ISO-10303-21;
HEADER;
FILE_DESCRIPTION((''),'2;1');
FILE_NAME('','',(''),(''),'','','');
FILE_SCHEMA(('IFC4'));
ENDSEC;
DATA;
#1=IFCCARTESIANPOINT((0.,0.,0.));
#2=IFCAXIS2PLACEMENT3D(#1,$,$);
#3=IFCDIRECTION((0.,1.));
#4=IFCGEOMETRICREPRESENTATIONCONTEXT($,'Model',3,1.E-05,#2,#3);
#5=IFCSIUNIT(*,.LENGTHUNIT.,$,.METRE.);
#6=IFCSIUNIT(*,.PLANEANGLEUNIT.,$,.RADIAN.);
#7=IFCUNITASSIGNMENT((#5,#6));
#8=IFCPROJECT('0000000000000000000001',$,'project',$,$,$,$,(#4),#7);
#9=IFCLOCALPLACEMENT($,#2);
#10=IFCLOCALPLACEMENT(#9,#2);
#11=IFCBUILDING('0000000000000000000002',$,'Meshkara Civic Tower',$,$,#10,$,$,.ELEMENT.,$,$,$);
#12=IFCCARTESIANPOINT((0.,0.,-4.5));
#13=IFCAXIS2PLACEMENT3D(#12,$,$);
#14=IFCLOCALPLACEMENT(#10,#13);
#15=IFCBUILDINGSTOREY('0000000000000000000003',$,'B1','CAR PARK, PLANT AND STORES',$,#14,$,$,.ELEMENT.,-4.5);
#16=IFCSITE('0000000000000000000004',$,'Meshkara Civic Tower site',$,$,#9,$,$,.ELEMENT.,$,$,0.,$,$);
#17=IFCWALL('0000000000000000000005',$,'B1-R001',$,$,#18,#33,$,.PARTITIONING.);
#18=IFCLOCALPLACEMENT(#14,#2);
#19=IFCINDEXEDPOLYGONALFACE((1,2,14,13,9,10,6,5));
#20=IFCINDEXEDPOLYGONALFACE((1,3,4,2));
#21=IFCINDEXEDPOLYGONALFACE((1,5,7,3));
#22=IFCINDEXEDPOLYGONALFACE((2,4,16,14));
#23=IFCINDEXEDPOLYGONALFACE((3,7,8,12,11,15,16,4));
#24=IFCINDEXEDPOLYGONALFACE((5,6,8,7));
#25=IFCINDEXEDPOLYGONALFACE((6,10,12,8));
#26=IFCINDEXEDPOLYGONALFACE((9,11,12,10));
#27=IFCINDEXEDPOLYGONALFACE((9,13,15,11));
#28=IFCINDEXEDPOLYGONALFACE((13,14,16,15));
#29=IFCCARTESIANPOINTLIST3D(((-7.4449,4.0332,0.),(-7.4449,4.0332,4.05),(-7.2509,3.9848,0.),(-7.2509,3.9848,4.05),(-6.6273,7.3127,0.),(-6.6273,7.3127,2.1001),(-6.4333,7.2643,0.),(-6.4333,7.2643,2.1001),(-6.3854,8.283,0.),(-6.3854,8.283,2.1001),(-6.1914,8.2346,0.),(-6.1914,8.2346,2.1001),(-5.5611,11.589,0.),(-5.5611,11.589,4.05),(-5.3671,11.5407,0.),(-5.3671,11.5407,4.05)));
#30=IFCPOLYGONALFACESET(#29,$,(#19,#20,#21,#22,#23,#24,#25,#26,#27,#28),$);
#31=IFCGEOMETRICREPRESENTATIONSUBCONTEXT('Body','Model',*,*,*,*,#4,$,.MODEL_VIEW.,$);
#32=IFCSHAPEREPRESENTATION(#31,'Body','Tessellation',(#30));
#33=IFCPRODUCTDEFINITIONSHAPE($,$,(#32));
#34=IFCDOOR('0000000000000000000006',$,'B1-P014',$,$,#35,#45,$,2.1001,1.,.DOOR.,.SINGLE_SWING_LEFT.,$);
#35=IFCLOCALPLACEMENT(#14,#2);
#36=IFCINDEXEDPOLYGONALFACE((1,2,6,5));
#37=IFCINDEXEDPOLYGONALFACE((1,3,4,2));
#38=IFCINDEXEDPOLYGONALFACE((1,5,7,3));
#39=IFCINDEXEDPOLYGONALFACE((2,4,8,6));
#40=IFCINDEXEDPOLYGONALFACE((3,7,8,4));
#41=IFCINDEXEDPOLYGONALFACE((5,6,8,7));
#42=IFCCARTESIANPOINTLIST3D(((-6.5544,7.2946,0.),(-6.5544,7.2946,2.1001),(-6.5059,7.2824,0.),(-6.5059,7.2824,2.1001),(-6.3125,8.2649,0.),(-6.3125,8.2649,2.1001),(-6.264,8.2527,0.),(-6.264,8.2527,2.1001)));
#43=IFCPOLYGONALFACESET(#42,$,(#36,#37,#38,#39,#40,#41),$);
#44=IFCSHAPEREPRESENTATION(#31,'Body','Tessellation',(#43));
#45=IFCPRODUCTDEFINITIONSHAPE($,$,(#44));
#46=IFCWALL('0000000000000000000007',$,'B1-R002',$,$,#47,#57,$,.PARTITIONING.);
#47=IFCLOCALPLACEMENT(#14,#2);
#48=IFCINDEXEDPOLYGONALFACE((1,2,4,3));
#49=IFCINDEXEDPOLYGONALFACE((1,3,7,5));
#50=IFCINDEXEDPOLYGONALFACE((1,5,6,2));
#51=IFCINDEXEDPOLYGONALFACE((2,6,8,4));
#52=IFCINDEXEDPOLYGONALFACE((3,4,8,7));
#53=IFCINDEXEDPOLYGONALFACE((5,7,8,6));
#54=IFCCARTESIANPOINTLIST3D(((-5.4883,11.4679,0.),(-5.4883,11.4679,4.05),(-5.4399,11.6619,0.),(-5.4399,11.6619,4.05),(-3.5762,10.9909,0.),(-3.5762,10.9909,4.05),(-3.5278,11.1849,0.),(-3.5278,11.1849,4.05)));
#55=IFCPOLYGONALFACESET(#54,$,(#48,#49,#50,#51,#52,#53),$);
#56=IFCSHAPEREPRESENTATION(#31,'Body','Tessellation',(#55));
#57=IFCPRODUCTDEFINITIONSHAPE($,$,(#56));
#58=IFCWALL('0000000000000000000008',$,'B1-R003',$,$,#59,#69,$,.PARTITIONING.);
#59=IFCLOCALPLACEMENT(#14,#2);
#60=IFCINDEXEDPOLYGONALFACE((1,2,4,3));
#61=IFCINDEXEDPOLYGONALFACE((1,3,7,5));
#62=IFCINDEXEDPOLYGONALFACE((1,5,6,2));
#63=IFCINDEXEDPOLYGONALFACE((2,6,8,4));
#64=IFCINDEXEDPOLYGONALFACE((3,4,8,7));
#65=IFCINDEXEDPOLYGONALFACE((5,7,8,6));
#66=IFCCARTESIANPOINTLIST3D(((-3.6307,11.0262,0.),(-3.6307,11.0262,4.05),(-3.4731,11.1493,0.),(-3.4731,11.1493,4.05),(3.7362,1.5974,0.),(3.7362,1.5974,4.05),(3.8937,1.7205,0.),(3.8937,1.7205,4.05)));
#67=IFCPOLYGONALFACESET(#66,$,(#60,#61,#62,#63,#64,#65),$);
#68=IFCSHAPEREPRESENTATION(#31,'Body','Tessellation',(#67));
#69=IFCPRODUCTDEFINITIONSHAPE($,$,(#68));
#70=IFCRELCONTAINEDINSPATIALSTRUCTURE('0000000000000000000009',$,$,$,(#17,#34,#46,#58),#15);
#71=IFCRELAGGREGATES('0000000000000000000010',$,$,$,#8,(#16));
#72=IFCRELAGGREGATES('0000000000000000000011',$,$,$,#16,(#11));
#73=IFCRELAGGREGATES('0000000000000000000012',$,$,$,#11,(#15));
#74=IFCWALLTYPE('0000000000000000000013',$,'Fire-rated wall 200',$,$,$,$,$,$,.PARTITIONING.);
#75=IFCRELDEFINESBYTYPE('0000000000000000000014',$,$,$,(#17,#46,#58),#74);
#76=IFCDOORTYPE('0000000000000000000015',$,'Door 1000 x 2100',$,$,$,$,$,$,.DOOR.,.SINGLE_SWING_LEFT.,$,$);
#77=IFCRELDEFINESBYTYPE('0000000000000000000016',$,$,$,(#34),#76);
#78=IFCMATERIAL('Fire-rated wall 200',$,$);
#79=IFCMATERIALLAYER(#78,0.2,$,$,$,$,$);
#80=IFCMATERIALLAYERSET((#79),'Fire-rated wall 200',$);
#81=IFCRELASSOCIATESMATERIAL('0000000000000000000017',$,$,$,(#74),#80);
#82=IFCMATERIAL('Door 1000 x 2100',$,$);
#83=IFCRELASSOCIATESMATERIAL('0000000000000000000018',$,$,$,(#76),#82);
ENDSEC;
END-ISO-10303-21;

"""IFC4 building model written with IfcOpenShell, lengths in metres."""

from ifc_helpers import new_model, si_unit, direction, frame, frame_2d, origin, place, context, subcontext, project, spatial, rectangle, extrude, material, layer, layer_set, type_object, element, fill, save


model = new_model("IFC4")

# Units and contexts
model_context = context("Model", 3, precision=1e-05, world=origin(), true_north=direction((0.0, 1.0)))
body_context = subcontext(model_context, "Body", "Model", "MODEL_VIEW")
ifc_project = project(units=[si_unit("LENGTHUNIT", "METRE"), si_unit("PLANEANGLEUNIT", "RADIAN")], contexts=[model_context])

# Site, building, storey
site_placement = place(None, origin())
site = spatial("IfcSite", under=ifc_project, at=site_placement, Name="Meshkara Civic Tower site", CompositionType="ELEMENT", RefElevation=0.0)
building_placement = place(site_placement, origin())
building = spatial("IfcBuilding", under=site, at=building_placement, Name="Meshkara Civic Tower", CompositionType="ELEMENT")
storey_placement = place(building_placement, frame((0.0, 0.0, -4.5)))
storey = spatial("IfcBuildingStorey", under=building, at=storey_placement, Name="B1", Description="CAR PARK, PLANT AND STORES", CompositionType="ELEMENT", Elevation=-4.5)

# Wall, opening, door
ifc_material_1 = material(Name="Fire-rated wall 200")
ifc_layer_1 = layer(ifc_material_1, 0.2)
ifc_layer_set_1 = layer_set([ifc_layer_1], Name="Fire-rated wall 200")
wall_type_1 = type_object("IfcWallType", Name="Fire-rated wall 200", PredefinedType="PARTITIONING", material=ifc_layer_set_1)
wall_1_placement = place(storey_placement, frame((-7.3479, 4.009, 0.0), z_axis=(0.0, 0.0, 1.0), x_axis=(0.241909, 0.970299, 0.0)))
wall_1 = element("IfcWall", 1, at=wall_1_placement, inside=storey, type_object=wall_type_1, Name="B1-R001", PredefinedType="PARTITIONING", context=body_context, shape_type="SweptSolid", body=[
    extrude(rectangle(XDim=7.7871, YDim=0.2, at=frame_2d((3.8936, 0.0))), origin(), (0.0, 0.0, 1.0), 4.05),
])
opening_placement = place(wall_1_placement, frame((3.3799, 0.0, 0.0)))
opening = element("IfcOpeningElement", 2, at=opening_placement, cuts=wall_1, PredefinedType="OPENING", context=body_context, shape_type="SweptSolid", body=[
    extrude(rectangle(XDim=1.0, YDim=2.1001, at=frame_2d((0.5, 1.05))), frame((0.0, 0.1099, 0.0), z_axis=(0.0, -1.0, 0.0), x_axis=(1.0, 0.0, 0.0)), (0.0, 0.0, 1.0), 0.22),
])
ifc_material_2 = material(Name="Door 1000 x 2100")
door_type = type_object("IfcDoorType", Name="Door 1000 x 2100", OperationType="SINGLE_SWING_LEFT", PredefinedType="DOOR", material=ifc_material_2)
door_placement = place(opening_placement, origin())
door = element("IfcDoor", 3, at=door_placement, inside=storey, type_object=door_type, Name="B1-P014", OperationType="SINGLE_SWING_LEFT", OverallHeight=2.1001, OverallWidth=1.0, PredefinedType="DOOR", context=body_context, shape_type="SweptSolid", body=[
    extrude(rectangle(XDim=1.0, YDim=2.1001, at=frame_2d((0.5, 1.05))), frame((0.0, 0.0249, 0.0), z_axis=(0.0, -1.0, 0.0), x_axis=(1.0, 0.0, 0.0)), (0.0, 0.0, 1.0), 0.05),
])
fill(opening, door)

# Walls
wall_2_placement = place(storey_placement, frame((-5.4641, 11.5649, 0.0), z_axis=(0.0, 0.0, 1.0), x_axis=(0.970259, -0.242069, 0.0)))
element("IfcWall", 4, at=wall_2_placement, inside=storey, type_object=wall_type_1, Name="B1-R002", PredefinedType="PARTITIONING", context=body_context, shape_type="SweptSolid", body=[
    extrude(rectangle(XDim=1.9707, YDim=0.2, at=frame_2d((0.9854, 0.0))), origin(), (0.0, 0.0, 1.0), 4.05),
])
wall_3_placement = place(storey_placement, frame((-3.552, 11.0879, 0.0), z_axis=(0.0, 0.0, 1.0), x_axis=(0.615674, -0.788001, 0.0)))
element("IfcWall", 5, at=wall_3_placement, inside=storey, type_object=wall_type_1, Name="B1-R003", PredefinedType="PARTITIONING", context=body_context, shape_type="SweptSolid", body=[
    extrude(rectangle(XDim=11.9656, YDim=0.2, at=frame_2d((5.9829, 0.0))), origin(), (0.0, 0.0, 1.0), 4.05),
])

save(model, "model.ifc")
